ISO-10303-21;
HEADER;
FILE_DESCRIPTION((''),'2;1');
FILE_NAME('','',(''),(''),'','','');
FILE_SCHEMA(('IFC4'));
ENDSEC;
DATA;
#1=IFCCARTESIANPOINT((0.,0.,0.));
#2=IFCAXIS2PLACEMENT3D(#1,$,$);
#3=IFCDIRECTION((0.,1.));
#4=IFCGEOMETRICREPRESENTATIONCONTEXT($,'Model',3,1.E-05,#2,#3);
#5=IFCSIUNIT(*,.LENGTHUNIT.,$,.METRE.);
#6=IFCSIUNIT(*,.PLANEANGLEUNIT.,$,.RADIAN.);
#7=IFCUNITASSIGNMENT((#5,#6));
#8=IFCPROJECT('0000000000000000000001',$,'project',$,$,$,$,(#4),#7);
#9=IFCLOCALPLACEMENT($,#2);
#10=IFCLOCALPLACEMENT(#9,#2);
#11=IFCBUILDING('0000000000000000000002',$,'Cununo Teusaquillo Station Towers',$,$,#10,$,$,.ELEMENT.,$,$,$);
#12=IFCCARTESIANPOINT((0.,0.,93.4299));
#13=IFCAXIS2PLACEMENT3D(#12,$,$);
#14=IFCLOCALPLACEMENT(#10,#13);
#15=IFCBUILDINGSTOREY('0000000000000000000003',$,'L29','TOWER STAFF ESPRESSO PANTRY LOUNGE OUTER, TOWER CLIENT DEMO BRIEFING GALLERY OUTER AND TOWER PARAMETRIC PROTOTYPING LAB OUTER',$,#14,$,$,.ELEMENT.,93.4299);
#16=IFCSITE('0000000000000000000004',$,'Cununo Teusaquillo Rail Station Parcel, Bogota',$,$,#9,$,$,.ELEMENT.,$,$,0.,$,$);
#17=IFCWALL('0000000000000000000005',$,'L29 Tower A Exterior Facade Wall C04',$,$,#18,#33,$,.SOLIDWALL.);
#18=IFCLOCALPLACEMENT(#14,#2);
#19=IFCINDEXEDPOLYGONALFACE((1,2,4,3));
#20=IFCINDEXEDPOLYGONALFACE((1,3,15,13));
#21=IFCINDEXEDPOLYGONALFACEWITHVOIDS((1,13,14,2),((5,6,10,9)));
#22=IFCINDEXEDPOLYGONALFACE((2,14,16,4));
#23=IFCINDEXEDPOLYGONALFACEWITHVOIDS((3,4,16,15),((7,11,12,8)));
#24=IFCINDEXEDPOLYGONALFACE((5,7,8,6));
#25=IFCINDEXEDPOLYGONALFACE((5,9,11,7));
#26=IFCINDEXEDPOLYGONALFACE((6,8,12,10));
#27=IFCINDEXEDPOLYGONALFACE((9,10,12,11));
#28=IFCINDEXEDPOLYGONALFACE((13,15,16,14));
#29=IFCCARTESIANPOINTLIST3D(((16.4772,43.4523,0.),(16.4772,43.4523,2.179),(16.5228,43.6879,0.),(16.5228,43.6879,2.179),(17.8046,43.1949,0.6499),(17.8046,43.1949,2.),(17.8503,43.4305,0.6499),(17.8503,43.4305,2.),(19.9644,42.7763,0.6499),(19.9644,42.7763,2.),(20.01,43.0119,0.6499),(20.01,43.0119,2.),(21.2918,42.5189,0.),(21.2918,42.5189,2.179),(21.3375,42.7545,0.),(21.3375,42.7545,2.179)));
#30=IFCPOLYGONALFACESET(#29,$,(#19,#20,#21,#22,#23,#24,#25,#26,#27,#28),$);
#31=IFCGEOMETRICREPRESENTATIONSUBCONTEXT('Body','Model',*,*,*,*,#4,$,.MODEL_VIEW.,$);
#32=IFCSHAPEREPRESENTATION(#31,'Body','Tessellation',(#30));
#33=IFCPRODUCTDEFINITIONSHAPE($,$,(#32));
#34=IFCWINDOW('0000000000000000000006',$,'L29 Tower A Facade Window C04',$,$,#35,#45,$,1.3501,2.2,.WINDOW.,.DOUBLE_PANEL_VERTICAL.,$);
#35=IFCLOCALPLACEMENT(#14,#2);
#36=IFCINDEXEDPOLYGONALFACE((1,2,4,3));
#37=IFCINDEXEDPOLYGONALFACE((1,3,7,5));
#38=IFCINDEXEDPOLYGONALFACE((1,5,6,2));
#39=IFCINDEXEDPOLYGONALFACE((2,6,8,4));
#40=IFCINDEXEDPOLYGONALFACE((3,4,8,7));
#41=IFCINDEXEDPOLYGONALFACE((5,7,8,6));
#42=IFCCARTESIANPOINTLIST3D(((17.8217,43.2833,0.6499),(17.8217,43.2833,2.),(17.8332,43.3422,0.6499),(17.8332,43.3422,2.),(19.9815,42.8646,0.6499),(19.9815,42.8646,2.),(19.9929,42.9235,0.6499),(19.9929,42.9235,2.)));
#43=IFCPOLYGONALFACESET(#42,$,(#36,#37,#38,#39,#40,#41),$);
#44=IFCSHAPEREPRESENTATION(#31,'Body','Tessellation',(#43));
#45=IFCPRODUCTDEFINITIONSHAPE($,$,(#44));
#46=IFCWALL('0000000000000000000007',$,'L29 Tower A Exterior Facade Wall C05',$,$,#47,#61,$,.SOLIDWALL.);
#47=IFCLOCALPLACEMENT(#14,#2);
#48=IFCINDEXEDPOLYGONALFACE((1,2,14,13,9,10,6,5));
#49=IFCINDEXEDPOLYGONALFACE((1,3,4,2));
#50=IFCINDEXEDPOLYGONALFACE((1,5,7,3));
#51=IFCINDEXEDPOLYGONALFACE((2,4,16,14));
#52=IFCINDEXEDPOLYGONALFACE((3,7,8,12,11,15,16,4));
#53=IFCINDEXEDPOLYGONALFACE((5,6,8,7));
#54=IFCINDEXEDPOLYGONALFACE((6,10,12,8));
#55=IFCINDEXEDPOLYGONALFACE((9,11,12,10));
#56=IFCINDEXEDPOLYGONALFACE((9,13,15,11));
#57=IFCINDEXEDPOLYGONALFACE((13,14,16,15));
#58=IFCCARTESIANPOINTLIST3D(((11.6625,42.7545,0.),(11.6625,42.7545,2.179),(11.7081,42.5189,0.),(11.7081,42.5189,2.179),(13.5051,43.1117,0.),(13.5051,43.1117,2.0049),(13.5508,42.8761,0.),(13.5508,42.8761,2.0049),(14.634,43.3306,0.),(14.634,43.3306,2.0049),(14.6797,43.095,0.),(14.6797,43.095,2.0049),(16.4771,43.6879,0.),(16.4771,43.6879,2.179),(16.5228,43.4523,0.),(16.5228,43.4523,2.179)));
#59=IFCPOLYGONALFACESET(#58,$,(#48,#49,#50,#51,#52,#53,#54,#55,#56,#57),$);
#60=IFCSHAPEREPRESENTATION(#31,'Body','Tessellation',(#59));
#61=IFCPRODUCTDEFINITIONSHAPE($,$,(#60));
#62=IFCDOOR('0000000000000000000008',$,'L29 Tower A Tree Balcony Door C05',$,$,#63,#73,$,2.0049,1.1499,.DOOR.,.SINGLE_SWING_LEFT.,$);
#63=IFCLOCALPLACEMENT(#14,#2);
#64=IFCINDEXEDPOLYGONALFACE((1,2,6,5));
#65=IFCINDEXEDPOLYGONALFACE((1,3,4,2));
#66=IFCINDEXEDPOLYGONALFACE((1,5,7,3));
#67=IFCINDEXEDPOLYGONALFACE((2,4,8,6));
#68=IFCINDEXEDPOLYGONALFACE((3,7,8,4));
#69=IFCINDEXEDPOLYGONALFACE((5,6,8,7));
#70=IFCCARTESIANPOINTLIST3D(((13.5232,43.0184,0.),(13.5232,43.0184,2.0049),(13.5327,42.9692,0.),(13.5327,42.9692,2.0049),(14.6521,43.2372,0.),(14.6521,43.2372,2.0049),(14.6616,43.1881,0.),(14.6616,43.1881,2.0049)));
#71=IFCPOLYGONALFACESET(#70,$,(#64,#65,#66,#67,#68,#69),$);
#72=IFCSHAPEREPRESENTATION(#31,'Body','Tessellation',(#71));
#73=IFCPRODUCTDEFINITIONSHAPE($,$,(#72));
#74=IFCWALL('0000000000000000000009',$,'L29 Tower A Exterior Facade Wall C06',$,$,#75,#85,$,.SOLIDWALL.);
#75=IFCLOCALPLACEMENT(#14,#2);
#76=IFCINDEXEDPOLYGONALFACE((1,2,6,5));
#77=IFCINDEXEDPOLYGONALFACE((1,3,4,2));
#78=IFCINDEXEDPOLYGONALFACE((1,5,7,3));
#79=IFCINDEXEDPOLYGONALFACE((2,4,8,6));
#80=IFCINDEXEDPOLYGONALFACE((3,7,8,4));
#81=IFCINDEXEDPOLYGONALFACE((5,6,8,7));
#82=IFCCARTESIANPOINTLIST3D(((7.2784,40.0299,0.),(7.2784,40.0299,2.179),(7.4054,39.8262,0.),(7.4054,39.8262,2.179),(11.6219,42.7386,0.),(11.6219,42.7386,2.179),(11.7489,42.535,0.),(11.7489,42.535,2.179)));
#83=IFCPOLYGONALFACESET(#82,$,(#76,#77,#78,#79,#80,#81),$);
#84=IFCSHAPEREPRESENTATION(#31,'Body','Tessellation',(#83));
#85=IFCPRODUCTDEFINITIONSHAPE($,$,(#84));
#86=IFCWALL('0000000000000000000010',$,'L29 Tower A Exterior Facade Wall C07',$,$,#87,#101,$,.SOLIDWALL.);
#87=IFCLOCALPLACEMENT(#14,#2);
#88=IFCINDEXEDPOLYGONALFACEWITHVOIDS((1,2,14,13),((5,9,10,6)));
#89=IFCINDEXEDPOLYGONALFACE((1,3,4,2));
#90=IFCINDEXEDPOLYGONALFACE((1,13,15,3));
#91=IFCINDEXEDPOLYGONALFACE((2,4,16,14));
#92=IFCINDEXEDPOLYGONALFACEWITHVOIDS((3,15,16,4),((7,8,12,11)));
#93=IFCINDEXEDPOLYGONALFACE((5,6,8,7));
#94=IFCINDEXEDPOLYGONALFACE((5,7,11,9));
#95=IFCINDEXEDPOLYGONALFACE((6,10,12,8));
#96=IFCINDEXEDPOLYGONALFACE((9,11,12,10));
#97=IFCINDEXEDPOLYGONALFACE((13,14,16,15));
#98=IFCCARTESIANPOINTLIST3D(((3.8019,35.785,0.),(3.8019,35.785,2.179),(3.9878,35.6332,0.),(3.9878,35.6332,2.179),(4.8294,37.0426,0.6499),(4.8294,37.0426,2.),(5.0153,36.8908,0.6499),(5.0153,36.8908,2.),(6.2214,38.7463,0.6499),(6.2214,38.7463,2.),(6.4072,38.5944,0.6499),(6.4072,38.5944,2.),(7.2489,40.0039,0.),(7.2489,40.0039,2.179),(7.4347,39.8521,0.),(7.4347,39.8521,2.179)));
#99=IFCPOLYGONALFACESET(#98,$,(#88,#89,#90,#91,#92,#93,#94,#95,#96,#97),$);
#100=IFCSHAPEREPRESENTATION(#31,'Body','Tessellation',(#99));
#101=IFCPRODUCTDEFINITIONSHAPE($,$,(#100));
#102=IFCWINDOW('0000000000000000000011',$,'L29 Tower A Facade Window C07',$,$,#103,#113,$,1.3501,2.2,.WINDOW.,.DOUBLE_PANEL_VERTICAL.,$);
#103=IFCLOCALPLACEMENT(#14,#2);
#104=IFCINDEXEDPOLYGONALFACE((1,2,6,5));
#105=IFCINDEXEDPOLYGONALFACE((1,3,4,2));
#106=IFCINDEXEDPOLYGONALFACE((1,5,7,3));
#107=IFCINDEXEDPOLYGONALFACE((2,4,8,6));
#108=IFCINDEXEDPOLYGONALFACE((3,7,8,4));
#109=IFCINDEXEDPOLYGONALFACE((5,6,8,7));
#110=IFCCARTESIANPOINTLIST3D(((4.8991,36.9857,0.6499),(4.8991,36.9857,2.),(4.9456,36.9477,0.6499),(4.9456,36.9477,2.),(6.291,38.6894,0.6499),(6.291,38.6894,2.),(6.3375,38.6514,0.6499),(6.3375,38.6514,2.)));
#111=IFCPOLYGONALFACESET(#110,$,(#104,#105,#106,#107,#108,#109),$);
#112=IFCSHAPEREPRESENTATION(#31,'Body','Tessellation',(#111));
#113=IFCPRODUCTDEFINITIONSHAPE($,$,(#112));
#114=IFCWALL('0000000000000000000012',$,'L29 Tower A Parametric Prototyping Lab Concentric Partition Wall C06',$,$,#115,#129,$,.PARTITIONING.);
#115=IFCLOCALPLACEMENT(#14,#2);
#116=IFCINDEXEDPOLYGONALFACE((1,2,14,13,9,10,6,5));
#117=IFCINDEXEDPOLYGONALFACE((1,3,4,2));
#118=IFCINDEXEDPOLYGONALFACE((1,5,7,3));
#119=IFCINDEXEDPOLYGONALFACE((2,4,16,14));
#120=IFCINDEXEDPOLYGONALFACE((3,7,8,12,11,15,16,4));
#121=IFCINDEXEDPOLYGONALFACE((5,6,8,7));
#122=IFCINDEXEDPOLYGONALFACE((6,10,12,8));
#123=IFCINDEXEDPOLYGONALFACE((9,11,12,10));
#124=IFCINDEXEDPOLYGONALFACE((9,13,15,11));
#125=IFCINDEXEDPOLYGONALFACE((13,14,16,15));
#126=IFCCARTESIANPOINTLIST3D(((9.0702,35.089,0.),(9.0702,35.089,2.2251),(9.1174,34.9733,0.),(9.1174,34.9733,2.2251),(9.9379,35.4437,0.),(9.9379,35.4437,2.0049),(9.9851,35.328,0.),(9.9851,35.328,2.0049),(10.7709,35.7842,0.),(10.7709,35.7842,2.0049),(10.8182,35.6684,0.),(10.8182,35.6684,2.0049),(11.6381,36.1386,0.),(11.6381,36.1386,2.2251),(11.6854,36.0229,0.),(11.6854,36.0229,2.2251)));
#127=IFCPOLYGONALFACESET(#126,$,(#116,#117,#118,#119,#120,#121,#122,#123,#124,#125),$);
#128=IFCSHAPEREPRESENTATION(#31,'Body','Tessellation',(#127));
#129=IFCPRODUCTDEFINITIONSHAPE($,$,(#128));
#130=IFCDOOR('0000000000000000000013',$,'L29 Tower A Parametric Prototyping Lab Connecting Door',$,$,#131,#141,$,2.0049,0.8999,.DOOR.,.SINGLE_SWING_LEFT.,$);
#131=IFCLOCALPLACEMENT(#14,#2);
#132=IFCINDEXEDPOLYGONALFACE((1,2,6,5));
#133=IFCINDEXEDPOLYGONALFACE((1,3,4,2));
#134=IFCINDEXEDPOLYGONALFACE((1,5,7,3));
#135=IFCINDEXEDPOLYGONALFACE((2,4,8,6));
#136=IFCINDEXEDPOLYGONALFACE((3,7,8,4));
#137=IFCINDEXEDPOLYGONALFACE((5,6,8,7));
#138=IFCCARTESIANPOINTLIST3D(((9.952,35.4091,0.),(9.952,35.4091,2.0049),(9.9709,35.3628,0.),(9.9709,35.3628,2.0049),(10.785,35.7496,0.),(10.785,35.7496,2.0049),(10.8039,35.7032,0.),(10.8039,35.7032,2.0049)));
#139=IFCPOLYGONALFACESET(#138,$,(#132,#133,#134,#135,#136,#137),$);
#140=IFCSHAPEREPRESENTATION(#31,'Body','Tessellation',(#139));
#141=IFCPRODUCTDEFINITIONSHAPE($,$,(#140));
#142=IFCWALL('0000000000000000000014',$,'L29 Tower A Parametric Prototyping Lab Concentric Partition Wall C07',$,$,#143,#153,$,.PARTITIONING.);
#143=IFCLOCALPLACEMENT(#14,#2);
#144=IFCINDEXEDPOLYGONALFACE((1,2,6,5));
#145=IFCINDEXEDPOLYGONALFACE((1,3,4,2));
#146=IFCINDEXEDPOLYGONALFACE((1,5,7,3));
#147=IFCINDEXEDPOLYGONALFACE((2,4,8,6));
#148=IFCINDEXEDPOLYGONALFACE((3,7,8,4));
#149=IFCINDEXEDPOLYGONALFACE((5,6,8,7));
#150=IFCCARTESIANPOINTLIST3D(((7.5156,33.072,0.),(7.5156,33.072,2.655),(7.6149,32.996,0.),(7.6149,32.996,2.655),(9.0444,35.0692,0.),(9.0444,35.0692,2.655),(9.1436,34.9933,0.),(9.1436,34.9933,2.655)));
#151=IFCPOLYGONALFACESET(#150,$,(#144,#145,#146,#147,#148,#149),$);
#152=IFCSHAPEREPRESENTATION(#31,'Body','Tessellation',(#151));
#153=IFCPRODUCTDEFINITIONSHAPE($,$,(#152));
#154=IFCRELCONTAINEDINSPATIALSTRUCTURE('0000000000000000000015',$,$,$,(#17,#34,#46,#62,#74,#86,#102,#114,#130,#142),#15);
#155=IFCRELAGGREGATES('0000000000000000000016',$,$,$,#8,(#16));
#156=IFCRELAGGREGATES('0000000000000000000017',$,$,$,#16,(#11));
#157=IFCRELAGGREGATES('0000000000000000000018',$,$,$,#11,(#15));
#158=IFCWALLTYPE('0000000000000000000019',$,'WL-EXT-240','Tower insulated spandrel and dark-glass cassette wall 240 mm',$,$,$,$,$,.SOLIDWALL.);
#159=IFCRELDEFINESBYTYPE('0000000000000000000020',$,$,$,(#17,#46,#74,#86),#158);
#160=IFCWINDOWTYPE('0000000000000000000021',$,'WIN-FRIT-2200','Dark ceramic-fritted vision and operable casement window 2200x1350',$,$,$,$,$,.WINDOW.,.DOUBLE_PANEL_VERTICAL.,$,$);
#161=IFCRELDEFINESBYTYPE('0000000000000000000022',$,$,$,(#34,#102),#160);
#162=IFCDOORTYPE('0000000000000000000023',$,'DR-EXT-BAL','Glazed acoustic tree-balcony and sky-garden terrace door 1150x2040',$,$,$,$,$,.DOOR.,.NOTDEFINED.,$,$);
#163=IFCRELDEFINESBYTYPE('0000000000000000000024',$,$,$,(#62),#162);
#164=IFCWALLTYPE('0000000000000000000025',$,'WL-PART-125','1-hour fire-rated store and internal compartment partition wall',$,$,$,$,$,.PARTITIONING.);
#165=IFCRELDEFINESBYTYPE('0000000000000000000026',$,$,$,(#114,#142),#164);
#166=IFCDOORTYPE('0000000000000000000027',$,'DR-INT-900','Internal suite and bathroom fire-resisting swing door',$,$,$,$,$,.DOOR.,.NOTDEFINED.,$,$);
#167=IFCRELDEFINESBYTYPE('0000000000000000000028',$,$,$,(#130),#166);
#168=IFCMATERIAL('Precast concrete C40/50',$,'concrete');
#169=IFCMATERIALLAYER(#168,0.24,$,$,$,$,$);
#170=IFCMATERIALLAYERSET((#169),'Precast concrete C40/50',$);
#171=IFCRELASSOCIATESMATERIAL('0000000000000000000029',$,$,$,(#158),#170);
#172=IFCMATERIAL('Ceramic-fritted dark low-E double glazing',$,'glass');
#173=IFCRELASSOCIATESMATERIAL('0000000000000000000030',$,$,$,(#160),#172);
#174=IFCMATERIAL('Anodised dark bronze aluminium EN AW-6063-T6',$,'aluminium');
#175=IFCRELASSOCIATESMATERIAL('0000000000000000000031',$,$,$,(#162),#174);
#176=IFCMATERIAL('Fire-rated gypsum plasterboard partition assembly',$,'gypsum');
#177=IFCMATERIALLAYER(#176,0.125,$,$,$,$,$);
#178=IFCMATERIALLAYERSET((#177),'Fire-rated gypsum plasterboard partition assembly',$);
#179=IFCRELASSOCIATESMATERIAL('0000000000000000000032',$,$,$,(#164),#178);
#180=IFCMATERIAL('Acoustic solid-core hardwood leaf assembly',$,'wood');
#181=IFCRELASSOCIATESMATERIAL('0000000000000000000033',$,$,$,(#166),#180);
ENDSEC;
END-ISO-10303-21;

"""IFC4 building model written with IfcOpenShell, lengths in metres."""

from ifc_helpers import new_model, si_unit, direction, frame, frame_2d, origin, place, context, subcontext, project, spatial, rectangle, extrude, source, transform, mapped, material, layer, layer_set, type_object, element, fill, save


model = new_model("IFC4")

# Units and contexts
model_context = context("Model", 3, precision=1e-05, world=origin(), true_north=direction((0.0, 1.0)))
body_context = subcontext(model_context, "Body", "Model", "MODEL_VIEW")
ifc_project = project(units=[si_unit("LENGTHUNIT", "METRE"), si_unit("PLANEANGLEUNIT", "RADIAN")], contexts=[model_context])

# Site, building, storey
site_placement = place(None, origin())
site = spatial("IfcSite", under=ifc_project, at=site_placement, Name="Cununo Teusaquillo Rail Station Parcel, Bogota", CompositionType="ELEMENT", RefElevation=0.0)
building_placement = place(site_placement, origin())
building = spatial("IfcBuilding", under=site, at=building_placement, Name="Cununo Teusaquillo Station Towers", CompositionType="ELEMENT")
storey_placement = place(building_placement, frame((0.0, 0.0, 93.4299)))
storey = spatial("IfcBuildingStorey", under=building, at=storey_placement, Name="L29", Description="TOWER STAFF ESPRESSO PANTRY LOUNGE OUTER, TOWER CLIENT DEMO BRIEFING GALLERY OUTER AND TOWER PARAMETRIC PROTOTYPING LAB OUTER", CompositionType="ELEMENT", Elevation=93.4299)

# Wall, opening, window
ifc_material_1 = material(Name="Precast concrete C40/50", Category="concrete")
ifc_layer_1 = layer(ifc_material_1, 0.24)
ifc_layer_set_1 = layer_set([ifc_layer_1], Name="Precast concrete C40/50")
wall_type_1 = type_object("IfcWallType", Name="WL-EXT-240", Description="Tower insulated spandrel and dark-glass cassette wall 240 mm", PredefinedType="SOLIDWALL", material=ifc_layer_set_1)
wall_1_placement = place(storey_placement, frame((16.5, 43.5701, 0.0), z_axis=(0.0, 0.0, 1.0), x_axis=(0.981724, -0.190311, 0.0)))
wall_1 = element("IfcWall", 1, at=wall_1_placement, inside=storey, type_object=wall_type_1, Name="L29 Tower A Exterior Facade Wall C04", PredefinedType="SOLIDWALL", context=body_context, shape_type="SweptSolid", body=[
    extrude(rectangle(XDim=4.9043, YDim=0.24, at=frame_2d((2.4521, 0.0))), origin(), (0.0, 0.0, 1.0), 2.179),
])
shared_shape_1 = source(origin(), body_context, "Body", "SweptSolid", [
    extrude(rectangle(XDim=2.2, YDim=1.3501, at=frame_2d((1.1001, 0.675))), frame((0.0, 0.1299, 0.0), z_axis=(0.0, -1.0, 0.0), x_axis=(1.0, 0.0, 0.0)), (0.0, 0.0, 1.0), 0.26),
])
opening_1_placement = place(wall_1_placement, frame((1.3521, 0.0, 0.6499)))
opening_1 = element("IfcOpeningElement", 2, at=opening_1_placement, cuts=wall_1, PredefinedType="OPENING", context=body_context, shape_type="MappedRepresentation", body=[
    mapped(shared_shape_1, transform((0.0, 0.0, 0.0), x_axis=(1.0, 0.0, 0.0), y_axis=(0.0, 1.0, 0.0), z_axis=(0.0, 0.0, 1.0), scale=1.0)),
])
ifc_material_2 = material(Name="Ceramic-fritted dark low-E double glazing", Category="glass")
window_type = type_object("IfcWindowType", Name="WIN-FRIT-2200", Description="Dark ceramic-fritted vision and operable casement window 2200x1350", PartitioningType="DOUBLE_PANEL_VERTICAL", PredefinedType="WINDOW", material=ifc_material_2)
shared_shape_2 = source(origin(), body_context, "Body", "SweptSolid", [
    extrude(rectangle(XDim=2.2, YDim=1.3501, at=frame_2d((1.1001, 0.675))), frame((0.0, 0.03, 0.0), z_axis=(0.0, -1.0, 0.0), x_axis=(1.0, 0.0, 0.0)), (0.0, 0.0, 1.0), 0.0601),
])
window_1_placement = place(opening_1_placement, origin())
window_1 = element("IfcWindow", 3, at=window_1_placement, inside=storey, type_object=window_type, Name="L29 Tower A Facade Window C04", OverallHeight=1.3501, OverallWidth=2.2, PartitioningType="DOUBLE_PANEL_VERTICAL", PredefinedType="WINDOW", context=body_context, shape_type="MappedRepresentation", body=[
    mapped(shared_shape_2, transform((0.0, 0.0, 0.0), x_axis=(1.0, 0.0, 0.0), y_axis=(0.0, 1.0, 0.0), z_axis=(0.0, 0.0, 1.0), scale=1.0)),
])
fill(opening_1, window_1)

# Wall, opening, door
wall_2_placement = place(storey_placement, frame((11.6853, 42.6367, 0.0), z_axis=(0.0, 0.0, 1.0), x_axis=(0.981724, 0.190311, 0.0)))
wall_2 = element("IfcWall", 4, at=wall_2_placement, inside=storey, type_object=wall_type_1, Name="L29 Tower A Exterior Facade Wall C05", PredefinedType="SOLIDWALL", context=body_context, shape_type="SweptSolid", body=[
    extrude(rectangle(XDim=4.9043, YDim=0.24, at=frame_2d((2.4521, 0.0))), origin(), (0.0, 0.0, 1.0), 2.179),
])
shared_shape_3 = source(origin(), body_context, "Body", "SweptSolid", [
    extrude(rectangle(XDim=1.1499, YDim=2.0049, at=frame_2d((0.575, 1.0024))), frame((0.0, 0.1299, 0.0), z_axis=(0.0, -1.0, 0.0), x_axis=(1.0, 0.0, 0.0)), (0.0, 0.0, 1.0), 0.26),
])
opening_2_placement = place(wall_2_placement, frame((1.877, 0.0, 0.0)))
opening_2 = element("IfcOpeningElement", 5, at=opening_2_placement, cuts=wall_2, PredefinedType="OPENING", context=body_context, shape_type="MappedRepresentation", body=[
    mapped(shared_shape_3, transform((0.0, 0.0, 0.0), x_axis=(1.0, 0.0, 0.0), y_axis=(0.0, 1.0, 0.0), z_axis=(0.0, 0.0, 1.0), scale=1.0)),
])
ifc_material_3 = material(Name="Anodised dark bronze aluminium EN AW-6063-T6", Category="aluminium")
door_type_1 = type_object("IfcDoorType", Name="DR-EXT-BAL", Description="Glazed acoustic tree-balcony and sky-garden terrace door 1150x2040", OperationType="NOTDEFINED", PredefinedType="DOOR", material=ifc_material_3)
shared_shape_4 = source(origin(), body_context, "Body", "SweptSolid", [
    extrude(rectangle(XDim=1.1499, YDim=2.0049, at=frame_2d((0.575, 1.0024))), frame((0.0, 0.0249, 0.0), z_axis=(0.0, -1.0, 0.0), x_axis=(1.0, 0.0, 0.0)), (0.0, 0.0, 1.0), 0.05),
])
door_1_placement = place(opening_2_placement, origin())
door_1 = element("IfcDoor", 6, at=door_1_placement, inside=storey, type_object=door_type_1, Name="L29 Tower A Tree Balcony Door C05", OperationType="SINGLE_SWING_LEFT", OverallHeight=2.0049, OverallWidth=1.1499, PredefinedType="DOOR", context=body_context, shape_type="MappedRepresentation", body=[
    mapped(shared_shape_4, transform((0.0, 0.0, 0.0), x_axis=(1.0, 0.0, 0.0), y_axis=(0.0, 1.0, 0.0), z_axis=(0.0, 0.0, 1.0), scale=1.0)),
])
fill(opening_2, door_1)

# Wall
wall_3_placement = place(storey_placement, frame((7.3418, 39.928, 0.0), z_axis=(0.0, 0.0, 1.0), x_axis=(0.84852, 0.529163, 0.0)))
element("IfcWall", 7, at=wall_3_placement, inside=storey, type_object=wall_type_1, Name="L29 Tower A Exterior Facade Wall C06", PredefinedType="SOLIDWALL", context=body_context, shape_type="SweptSolid", body=[
    extrude(rectangle(XDim=5.1189, YDim=0.24, at=frame_2d((2.5596, 0.0))), origin(), (0.0, 0.0, 1.0), 2.179),
])

# Wall, opening, window
wall_4_placement = place(storey_placement, frame((3.8948, 35.709, 0.0), z_axis=(0.0, 0.0, 1.0), x_axis=(0.632701, 0.774396, 0.0)))
wall_4 = element("IfcWall", 8, at=wall_4_placement, inside=storey, type_object=wall_type_1, Name="L29 Tower A Exterior Facade Wall C07", PredefinedType="SOLIDWALL", context=body_context, shape_type="SweptSolid", body=[
    extrude(rectangle(XDim=5.448, YDim=0.24, at=frame_2d((2.7241, 0.0))), origin(), (0.0, 0.0, 1.0), 2.179),
])
opening_3_placement = place(wall_4_placement, frame((1.624, 0.0, 0.6499)))
opening_3 = element("IfcOpeningElement", 9, at=opening_3_placement, cuts=wall_4, PredefinedType="OPENING", context=body_context, shape_type="MappedRepresentation", body=[
    mapped(shared_shape_1, transform((0.0, 0.0, 0.0), x_axis=(1.0, 0.0, 0.0), y_axis=(0.0, 1.0, 0.0), z_axis=(0.0, 0.0, 1.0), scale=1.0)),
])
window_2_placement = place(opening_3_placement, origin())
window_2 = element("IfcWindow", 10, at=window_2_placement, inside=storey, type_object=window_type, Name="L29 Tower A Facade Window C07", OverallHeight=1.3501, OverallWidth=2.2, PartitioningType="DOUBLE_PANEL_VERTICAL", PredefinedType="WINDOW", context=body_context, shape_type="MappedRepresentation", body=[
    mapped(shared_shape_2, transform((0.0, 0.0, 0.0), x_axis=(1.0, 0.0, 0.0), y_axis=(0.0, 1.0, 0.0), z_axis=(0.0, 0.0, 1.0), scale=1.0)),
])
fill(opening_3, window_2)

# Wall, opening, door
ifc_material_4 = material(Name="Fire-rated gypsum plasterboard partition assembly", Category="gypsum")
ifc_layer_2 = layer(ifc_material_4, 0.125)
ifc_layer_set_2 = layer_set([ifc_layer_2], Name="Fire-rated gypsum plasterboard partition assembly")
wall_type_2 = type_object("IfcWallType", Name="WL-PART-125", Description="1-hour fire-rated store and internal compartment partition wall", PredefinedType="PARTITIONING", material=ifc_layer_set_2)
wall_5_placement = place(storey_placement, frame((11.6619, 36.0808, 0.0), z_axis=(0.0, 0.0, 1.0), x_axis=(-0.925665, -0.378345, 0.0)))
wall_5 = element("IfcWall", 11, at=wall_5_placement, inside=storey, type_object=wall_type_2, Name="L29 Tower A Parametric Prototyping Lab Concentric Partition Wall C06", PredefinedType="PARTITIONING", context=body_context, shape_type="SweptSolid", body=[
    extrude(rectangle(XDim=2.7742, YDim=0.125, at=frame_2d((1.3872, 0.0))), origin(), (0.0, 0.0, 1.0), 2.2251),
])
shared_shape_5 = source(origin(), body_context, "Body", "SweptSolid", [
    extrude(rectangle(XDim=0.8999, YDim=2.0049, at=frame_2d((0.45, 1.0024))), frame((0.0, 0.0725, 0.0), z_axis=(0.0, -1.0, 0.0), x_axis=(1.0, 0.0, 0.0)), (0.0, 0.0, 1.0), 0.145),
])
opening_4_placement = place(wall_5_placement, frame((0.937, 0.0, 0.0)))
opening_4 = element("IfcOpeningElement", 12, at=opening_4_placement, cuts=wall_5, PredefinedType="OPENING", context=body_context, shape_type="MappedRepresentation", body=[
    mapped(shared_shape_5, transform((0.0, 0.0, 0.0), x_axis=(1.0, 0.0, 0.0), y_axis=(0.0, 1.0, 0.0), z_axis=(0.0, 0.0, 1.0), scale=1.0)),
])
ifc_material_5 = material(Name="Acoustic solid-core hardwood leaf assembly", Category="wood")
door_type_2 = type_object("IfcDoorType", Name="DR-INT-900", Description="Internal suite and bathroom fire-resisting swing door", OperationType="NOTDEFINED", PredefinedType="DOOR", material=ifc_material_5)
shared_shape_6 = source(origin(), body_context, "Body", "SweptSolid", [
    extrude(rectangle(XDim=0.8999, YDim=2.0049, at=frame_2d((0.45, 1.0024))), frame((0.0, 0.0249, 0.0), z_axis=(0.0, -1.0, 0.0), x_axis=(1.0, 0.0, 0.0)), (0.0, 0.0, 1.0), 0.05),
])
door_2_placement = place(opening_4_placement, origin())
door_2 = element("IfcDoor", 13, at=door_2_placement, inside=storey, type_object=door_type_2, Name="L29 Tower A Parametric Prototyping Lab Connecting Door", OperationType="SINGLE_SWING_LEFT", OverallHeight=2.0049, OverallWidth=0.8999, PredefinedType="DOOR", context=body_context, shape_type="MappedRepresentation", body=[
    mapped(shared_shape_6, transform((0.0, 0.0, 0.0), x_axis=(1.0, 0.0, 0.0), y_axis=(0.0, 1.0, 0.0), z_axis=(0.0, 0.0, 1.0), scale=1.0)),
])
fill(opening_4, door_2)

# Wall
wall_6_placement = place(storey_placement, frame((9.094, 35.0312, 0.0), z_axis=(0.0, 0.0, 1.0), x_axis=(-0.607814, -0.794079, 0.0)))
element("IfcWall", 14, at=wall_6_placement, inside=storey, type_object=wall_type_2, Name="L29 Tower A Parametric Prototyping Lab Concentric Partition Wall C07", PredefinedType="PARTITIONING", context=body_context, shape_type="SweptSolid", body=[
    extrude(rectangle(XDim=2.5151, YDim=0.125, at=frame_2d((1.2576, 0.0))), origin(), (0.0, 0.0, 1.0), 2.655),
])

save(model, "model.ifc")
